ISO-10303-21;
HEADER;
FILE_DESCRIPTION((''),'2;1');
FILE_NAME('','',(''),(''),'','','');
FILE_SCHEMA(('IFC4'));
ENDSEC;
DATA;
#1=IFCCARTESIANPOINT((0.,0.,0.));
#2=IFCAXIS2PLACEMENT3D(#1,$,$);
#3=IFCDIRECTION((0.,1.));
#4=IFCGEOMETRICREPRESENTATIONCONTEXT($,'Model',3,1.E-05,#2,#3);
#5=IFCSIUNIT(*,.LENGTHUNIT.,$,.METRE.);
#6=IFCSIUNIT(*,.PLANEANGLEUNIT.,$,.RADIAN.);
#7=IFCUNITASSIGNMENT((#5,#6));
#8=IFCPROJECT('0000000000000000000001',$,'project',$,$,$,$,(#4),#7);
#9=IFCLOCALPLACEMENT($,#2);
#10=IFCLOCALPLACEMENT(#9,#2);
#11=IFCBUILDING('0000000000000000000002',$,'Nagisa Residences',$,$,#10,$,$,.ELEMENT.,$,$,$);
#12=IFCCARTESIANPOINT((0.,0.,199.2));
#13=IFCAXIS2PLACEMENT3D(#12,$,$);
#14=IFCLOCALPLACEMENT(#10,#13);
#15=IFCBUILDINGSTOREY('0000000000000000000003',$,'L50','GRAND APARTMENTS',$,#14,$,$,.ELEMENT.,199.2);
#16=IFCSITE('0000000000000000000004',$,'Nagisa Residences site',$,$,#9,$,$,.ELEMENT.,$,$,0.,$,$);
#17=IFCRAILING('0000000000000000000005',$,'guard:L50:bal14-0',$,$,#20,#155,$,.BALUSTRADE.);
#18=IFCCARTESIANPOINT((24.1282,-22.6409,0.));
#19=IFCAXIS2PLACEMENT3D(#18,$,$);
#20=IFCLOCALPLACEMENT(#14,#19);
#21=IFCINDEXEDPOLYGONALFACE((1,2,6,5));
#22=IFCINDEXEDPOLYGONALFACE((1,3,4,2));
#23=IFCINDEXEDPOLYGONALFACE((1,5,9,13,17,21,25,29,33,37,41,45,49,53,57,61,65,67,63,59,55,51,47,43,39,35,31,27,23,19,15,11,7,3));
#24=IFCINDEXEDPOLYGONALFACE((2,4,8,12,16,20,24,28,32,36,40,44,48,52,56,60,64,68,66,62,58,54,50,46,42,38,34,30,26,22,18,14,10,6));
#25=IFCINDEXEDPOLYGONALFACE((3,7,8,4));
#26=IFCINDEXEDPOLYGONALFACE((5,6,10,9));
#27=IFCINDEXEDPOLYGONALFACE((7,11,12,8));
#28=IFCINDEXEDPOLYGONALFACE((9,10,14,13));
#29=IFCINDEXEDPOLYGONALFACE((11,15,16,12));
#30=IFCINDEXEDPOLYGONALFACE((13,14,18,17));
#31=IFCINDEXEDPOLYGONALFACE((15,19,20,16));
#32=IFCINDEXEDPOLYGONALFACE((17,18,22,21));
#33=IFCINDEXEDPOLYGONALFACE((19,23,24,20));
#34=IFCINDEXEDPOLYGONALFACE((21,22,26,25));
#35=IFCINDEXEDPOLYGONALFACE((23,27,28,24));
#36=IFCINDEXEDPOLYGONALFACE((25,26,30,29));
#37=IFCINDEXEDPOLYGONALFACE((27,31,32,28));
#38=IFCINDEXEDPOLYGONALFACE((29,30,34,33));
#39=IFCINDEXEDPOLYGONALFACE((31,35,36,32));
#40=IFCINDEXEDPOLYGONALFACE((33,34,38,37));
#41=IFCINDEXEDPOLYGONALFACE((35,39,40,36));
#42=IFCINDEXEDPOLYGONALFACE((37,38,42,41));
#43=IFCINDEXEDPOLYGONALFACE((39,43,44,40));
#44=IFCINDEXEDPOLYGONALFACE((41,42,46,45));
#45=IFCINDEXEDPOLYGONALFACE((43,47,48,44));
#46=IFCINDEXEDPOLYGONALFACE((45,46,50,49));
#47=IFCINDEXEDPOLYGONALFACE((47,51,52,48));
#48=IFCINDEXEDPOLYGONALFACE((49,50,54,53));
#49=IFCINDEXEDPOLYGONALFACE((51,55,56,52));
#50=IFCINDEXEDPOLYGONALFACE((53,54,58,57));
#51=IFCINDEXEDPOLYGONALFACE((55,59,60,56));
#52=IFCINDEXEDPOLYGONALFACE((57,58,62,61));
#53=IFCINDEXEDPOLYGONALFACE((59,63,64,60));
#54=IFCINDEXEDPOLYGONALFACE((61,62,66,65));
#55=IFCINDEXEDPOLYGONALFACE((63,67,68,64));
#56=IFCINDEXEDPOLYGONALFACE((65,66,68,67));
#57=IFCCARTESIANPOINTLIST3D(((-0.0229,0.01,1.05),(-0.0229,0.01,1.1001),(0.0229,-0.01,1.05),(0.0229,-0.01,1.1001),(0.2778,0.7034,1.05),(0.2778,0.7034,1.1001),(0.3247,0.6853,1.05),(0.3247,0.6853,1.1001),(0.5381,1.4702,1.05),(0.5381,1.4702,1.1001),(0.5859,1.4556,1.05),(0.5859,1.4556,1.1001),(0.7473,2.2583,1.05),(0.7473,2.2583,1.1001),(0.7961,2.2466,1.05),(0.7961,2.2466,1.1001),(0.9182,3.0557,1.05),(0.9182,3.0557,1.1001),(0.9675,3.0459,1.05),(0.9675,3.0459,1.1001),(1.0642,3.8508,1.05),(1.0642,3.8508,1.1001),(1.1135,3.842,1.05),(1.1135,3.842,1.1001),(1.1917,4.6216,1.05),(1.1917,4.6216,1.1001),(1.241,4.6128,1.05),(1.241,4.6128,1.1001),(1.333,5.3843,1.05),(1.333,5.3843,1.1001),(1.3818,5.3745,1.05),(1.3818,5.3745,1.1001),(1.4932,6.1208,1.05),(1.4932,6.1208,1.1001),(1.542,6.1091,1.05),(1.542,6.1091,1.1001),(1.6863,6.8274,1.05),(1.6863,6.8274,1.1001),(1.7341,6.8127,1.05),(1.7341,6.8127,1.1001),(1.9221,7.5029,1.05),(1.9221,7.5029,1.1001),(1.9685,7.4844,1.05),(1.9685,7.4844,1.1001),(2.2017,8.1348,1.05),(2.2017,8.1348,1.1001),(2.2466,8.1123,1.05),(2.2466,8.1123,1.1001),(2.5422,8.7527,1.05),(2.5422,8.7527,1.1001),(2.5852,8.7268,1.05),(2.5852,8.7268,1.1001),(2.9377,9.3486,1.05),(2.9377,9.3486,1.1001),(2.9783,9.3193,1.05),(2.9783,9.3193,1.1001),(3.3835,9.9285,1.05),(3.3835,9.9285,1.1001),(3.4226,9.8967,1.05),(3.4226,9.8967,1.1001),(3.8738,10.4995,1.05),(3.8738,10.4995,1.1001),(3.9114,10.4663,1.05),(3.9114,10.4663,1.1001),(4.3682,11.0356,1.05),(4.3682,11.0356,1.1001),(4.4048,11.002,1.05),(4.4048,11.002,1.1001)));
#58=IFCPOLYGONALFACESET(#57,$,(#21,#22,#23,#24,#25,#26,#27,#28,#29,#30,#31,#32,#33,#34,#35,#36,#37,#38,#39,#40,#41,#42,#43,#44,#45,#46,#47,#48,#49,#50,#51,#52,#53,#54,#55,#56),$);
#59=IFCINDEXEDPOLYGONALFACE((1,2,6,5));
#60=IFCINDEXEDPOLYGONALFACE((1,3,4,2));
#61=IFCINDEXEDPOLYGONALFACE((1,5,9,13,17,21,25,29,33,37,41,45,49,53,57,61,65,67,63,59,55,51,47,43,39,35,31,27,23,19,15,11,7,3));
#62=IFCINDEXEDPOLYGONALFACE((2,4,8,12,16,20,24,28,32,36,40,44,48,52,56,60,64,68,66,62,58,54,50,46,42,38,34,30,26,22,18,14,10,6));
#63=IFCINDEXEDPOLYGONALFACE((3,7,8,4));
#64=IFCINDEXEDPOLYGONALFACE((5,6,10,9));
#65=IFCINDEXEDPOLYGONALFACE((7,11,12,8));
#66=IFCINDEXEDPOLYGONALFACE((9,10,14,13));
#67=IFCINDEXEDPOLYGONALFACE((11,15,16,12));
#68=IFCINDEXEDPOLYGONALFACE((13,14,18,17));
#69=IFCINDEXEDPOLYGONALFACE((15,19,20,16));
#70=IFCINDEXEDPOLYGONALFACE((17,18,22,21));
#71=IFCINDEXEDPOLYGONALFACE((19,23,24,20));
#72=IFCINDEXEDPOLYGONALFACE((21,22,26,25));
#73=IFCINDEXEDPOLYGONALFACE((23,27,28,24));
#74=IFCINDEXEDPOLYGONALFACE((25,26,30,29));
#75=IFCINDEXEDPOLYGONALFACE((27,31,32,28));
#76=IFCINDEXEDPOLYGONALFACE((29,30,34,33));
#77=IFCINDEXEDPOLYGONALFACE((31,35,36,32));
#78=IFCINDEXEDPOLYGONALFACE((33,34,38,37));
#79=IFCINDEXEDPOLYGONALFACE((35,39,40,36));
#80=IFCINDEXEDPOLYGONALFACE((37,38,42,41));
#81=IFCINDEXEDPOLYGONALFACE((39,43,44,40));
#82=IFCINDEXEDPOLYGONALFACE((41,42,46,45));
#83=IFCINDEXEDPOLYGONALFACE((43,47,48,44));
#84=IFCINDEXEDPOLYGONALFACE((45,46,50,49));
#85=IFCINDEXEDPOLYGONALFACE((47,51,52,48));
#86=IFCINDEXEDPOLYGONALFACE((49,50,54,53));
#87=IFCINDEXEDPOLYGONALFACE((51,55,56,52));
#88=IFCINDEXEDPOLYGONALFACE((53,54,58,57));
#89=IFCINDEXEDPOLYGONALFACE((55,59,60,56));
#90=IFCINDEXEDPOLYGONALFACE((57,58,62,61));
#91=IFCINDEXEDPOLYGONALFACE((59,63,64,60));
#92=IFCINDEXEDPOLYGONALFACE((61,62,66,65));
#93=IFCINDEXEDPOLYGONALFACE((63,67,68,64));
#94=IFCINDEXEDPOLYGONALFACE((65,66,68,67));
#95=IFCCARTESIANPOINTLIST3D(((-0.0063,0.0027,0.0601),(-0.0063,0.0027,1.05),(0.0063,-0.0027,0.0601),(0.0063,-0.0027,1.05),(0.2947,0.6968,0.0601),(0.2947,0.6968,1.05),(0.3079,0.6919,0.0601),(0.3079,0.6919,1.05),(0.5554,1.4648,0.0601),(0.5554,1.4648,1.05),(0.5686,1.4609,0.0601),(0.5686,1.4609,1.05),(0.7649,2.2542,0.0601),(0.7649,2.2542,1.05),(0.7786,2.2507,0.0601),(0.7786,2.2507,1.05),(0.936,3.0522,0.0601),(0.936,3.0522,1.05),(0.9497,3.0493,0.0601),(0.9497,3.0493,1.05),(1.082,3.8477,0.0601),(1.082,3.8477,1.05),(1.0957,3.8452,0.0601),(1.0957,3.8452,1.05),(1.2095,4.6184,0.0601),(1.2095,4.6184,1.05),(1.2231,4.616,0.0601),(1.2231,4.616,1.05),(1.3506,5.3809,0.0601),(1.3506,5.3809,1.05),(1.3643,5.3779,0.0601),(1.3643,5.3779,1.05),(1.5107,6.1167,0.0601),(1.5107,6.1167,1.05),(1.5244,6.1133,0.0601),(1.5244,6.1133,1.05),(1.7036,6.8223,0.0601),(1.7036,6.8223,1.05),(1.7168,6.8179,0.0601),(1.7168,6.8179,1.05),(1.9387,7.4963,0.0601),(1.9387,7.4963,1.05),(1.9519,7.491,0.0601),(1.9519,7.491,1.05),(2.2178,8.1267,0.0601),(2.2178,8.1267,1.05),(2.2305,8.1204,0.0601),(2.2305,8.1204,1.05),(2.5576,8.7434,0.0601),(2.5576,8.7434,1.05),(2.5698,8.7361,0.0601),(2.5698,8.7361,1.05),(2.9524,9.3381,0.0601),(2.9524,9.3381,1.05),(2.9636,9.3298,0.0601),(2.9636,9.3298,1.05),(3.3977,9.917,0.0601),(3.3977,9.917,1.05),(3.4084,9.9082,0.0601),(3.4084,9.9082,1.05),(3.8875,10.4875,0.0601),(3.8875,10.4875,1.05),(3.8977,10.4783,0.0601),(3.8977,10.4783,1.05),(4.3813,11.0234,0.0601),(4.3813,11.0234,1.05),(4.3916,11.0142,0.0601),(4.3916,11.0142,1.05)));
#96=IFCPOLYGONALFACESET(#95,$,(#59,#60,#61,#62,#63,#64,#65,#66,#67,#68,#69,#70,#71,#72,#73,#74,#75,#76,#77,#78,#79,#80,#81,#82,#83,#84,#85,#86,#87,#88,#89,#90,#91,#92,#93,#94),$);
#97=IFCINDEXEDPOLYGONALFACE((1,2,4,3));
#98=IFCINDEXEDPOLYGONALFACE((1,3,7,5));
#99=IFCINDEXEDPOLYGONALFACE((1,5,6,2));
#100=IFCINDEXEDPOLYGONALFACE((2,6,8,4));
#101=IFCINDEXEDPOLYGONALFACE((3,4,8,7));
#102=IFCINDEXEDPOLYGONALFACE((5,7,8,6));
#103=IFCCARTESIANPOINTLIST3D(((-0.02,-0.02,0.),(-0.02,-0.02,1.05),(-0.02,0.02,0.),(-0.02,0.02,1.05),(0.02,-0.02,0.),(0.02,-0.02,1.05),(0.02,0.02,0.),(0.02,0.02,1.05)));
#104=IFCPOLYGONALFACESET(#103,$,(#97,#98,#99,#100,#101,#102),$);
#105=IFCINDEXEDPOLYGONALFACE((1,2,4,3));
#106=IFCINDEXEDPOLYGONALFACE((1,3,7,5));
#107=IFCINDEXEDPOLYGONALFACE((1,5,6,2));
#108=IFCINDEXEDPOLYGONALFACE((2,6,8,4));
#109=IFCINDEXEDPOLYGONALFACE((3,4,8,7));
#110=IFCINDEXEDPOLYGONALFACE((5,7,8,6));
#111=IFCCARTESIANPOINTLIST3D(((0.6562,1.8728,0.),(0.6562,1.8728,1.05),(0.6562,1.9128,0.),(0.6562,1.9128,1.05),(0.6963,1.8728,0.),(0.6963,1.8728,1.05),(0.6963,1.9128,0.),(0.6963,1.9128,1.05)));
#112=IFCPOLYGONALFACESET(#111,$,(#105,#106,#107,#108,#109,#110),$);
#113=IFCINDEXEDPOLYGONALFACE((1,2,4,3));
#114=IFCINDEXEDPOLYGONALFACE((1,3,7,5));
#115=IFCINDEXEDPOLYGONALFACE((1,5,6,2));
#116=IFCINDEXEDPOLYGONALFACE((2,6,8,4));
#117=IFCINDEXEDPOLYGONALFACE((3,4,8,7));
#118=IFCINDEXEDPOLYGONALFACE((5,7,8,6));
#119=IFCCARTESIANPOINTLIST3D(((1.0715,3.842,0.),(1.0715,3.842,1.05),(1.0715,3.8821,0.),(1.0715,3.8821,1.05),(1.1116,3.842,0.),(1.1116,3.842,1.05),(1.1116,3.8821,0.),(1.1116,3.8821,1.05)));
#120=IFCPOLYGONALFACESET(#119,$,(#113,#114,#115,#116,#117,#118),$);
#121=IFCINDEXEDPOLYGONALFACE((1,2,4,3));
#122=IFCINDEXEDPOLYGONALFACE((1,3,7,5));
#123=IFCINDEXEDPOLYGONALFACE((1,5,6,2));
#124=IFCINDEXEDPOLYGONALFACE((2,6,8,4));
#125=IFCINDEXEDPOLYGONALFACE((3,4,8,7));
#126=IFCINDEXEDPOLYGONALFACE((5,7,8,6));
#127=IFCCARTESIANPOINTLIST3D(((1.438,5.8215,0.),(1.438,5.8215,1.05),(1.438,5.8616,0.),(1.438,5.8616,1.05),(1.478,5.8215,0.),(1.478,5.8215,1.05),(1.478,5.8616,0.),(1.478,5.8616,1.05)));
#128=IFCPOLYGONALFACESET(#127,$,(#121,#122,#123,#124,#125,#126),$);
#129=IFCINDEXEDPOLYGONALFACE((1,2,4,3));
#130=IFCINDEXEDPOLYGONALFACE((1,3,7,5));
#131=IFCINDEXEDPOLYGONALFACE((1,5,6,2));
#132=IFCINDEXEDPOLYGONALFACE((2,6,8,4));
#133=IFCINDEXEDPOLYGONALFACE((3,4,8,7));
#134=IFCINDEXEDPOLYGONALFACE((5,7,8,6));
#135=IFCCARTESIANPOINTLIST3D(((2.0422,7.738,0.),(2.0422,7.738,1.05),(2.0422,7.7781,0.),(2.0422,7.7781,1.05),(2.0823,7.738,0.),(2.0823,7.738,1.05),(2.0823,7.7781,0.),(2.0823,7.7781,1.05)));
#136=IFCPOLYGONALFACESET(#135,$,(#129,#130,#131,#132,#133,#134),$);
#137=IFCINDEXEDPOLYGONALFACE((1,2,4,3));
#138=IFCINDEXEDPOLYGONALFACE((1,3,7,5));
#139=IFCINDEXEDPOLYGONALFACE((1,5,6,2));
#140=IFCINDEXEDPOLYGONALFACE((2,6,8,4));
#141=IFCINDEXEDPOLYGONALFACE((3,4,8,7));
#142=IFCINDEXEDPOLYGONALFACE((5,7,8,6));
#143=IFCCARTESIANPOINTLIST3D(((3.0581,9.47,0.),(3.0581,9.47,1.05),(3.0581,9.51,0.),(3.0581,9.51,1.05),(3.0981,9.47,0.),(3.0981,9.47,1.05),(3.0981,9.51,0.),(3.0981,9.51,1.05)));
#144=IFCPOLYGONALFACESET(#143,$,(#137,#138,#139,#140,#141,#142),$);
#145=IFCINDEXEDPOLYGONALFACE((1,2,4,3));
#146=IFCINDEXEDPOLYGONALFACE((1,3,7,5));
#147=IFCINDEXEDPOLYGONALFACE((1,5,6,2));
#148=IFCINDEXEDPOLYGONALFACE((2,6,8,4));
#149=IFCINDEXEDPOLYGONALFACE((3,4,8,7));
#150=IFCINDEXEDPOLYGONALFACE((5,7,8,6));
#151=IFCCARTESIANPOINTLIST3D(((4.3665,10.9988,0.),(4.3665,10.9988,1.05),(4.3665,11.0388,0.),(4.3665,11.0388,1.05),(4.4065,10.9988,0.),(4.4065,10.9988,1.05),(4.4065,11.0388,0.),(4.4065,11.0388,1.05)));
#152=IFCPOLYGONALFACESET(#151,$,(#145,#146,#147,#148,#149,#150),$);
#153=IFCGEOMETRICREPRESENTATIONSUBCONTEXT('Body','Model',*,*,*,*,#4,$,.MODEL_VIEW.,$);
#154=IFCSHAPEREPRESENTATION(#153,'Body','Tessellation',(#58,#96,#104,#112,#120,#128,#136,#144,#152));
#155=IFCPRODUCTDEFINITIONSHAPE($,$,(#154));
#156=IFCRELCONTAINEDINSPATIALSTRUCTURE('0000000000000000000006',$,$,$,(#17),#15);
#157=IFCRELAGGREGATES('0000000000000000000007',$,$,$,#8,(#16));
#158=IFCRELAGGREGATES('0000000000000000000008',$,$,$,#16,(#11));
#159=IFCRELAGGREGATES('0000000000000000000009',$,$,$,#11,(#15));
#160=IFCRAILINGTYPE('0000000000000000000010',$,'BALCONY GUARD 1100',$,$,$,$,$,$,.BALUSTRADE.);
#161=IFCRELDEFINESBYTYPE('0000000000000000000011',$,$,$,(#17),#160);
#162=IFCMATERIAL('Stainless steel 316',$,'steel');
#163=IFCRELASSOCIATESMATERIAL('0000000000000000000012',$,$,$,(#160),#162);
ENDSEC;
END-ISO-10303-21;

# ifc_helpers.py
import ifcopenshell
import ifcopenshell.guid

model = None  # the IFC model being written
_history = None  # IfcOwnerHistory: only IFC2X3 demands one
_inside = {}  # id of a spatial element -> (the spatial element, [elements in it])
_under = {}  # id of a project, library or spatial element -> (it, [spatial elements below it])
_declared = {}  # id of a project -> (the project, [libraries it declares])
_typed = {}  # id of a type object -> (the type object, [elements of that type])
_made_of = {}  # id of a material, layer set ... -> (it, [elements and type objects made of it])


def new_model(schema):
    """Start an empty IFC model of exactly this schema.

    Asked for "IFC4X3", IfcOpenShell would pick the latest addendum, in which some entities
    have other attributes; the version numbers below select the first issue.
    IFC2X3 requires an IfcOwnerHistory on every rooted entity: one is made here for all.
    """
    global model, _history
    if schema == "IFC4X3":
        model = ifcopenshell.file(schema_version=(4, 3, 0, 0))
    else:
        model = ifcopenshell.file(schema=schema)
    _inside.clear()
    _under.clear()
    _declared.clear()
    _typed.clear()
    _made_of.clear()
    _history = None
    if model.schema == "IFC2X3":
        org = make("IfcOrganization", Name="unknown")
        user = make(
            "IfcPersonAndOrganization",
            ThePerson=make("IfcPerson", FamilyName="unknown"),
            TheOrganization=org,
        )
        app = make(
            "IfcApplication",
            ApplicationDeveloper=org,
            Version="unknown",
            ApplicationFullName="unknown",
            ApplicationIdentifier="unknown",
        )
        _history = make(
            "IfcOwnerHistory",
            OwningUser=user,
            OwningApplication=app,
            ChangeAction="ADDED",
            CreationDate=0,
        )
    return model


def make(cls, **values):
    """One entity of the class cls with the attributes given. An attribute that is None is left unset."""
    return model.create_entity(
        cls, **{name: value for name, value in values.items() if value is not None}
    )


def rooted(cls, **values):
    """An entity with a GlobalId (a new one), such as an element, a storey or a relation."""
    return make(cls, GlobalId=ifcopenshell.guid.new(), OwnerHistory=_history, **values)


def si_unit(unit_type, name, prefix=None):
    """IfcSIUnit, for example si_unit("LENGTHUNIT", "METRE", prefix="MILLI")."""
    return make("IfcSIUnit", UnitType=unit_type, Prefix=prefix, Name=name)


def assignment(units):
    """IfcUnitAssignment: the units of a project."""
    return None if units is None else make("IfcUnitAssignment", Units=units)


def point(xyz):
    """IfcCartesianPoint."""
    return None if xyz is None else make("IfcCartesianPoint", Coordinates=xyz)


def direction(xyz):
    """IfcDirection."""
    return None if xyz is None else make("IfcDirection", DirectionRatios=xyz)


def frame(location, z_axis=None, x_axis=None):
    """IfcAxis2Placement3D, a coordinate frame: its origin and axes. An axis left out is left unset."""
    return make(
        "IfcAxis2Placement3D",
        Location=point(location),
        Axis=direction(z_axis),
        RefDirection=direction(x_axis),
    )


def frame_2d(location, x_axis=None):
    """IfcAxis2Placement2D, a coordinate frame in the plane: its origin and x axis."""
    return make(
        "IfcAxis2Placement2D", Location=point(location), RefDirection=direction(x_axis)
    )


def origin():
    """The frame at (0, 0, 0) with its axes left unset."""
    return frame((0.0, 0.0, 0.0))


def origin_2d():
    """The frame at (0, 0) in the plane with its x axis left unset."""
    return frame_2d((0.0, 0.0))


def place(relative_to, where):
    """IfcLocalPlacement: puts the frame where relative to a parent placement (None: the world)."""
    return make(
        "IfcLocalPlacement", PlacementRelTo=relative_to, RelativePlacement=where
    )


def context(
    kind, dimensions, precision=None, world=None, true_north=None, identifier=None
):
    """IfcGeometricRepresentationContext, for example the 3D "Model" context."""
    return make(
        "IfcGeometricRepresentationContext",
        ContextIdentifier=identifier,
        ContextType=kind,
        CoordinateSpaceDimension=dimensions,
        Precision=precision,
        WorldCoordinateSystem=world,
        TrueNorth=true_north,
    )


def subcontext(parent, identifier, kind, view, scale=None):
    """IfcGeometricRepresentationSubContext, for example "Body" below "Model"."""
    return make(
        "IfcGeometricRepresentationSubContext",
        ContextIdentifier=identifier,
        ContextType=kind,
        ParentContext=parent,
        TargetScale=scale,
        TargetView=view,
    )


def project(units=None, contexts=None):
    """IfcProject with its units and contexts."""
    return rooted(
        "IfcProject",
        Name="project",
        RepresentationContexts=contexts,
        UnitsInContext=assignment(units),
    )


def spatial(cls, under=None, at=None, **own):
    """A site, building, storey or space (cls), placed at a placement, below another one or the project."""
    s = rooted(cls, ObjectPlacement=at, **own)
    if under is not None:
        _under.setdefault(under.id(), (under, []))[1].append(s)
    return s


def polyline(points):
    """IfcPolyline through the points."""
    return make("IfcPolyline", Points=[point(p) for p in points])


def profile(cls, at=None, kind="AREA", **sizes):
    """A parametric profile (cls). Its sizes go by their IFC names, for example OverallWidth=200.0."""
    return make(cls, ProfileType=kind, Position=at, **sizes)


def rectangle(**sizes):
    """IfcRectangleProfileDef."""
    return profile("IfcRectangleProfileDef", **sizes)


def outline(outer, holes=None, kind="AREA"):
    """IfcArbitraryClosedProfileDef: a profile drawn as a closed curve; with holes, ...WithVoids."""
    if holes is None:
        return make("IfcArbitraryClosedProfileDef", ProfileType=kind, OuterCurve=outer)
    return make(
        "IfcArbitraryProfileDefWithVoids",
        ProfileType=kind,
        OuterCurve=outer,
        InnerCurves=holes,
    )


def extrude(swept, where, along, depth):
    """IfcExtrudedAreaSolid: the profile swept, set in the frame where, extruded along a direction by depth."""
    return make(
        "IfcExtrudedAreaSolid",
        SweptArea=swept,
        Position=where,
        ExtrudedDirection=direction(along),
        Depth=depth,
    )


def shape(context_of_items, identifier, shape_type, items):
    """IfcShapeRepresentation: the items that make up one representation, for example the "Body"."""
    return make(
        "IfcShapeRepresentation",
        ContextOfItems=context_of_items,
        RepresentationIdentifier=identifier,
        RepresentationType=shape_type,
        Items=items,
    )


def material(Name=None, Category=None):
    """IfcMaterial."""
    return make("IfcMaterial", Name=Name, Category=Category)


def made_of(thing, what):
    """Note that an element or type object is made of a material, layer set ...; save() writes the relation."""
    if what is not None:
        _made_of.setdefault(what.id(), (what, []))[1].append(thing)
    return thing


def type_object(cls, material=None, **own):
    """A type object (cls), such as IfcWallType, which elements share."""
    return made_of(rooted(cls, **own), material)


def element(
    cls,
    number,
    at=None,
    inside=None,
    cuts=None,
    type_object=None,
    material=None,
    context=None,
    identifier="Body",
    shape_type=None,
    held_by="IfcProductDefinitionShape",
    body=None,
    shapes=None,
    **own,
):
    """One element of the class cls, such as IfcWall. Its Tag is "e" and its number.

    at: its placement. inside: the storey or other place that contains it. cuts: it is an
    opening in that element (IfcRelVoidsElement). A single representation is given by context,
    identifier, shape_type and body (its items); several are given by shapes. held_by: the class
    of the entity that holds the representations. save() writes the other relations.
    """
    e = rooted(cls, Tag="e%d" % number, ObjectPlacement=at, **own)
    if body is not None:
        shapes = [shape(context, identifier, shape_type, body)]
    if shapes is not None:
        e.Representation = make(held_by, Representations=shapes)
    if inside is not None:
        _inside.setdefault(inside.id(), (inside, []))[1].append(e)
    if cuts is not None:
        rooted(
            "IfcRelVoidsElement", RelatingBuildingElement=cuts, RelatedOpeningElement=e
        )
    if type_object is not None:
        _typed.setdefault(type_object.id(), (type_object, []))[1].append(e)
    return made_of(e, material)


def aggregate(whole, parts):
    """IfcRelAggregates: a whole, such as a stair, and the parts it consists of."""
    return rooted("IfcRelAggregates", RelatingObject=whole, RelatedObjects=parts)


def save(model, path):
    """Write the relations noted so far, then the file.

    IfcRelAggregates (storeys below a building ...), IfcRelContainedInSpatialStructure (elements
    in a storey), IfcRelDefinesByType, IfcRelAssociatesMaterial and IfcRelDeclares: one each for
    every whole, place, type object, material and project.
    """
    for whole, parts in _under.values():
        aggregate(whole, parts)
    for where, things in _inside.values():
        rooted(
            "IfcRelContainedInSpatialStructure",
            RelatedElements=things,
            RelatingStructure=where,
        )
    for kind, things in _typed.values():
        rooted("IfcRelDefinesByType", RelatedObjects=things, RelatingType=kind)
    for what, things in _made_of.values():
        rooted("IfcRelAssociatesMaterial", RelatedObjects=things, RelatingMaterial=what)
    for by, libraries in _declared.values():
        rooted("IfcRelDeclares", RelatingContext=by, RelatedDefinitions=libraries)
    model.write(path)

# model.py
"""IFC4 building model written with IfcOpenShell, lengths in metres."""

from ifc_helpers import new_model, si_unit, direction, frame, origin, origin_2d, place, context, subcontext, project, spatial, polyline, rectangle, outline, extrude, material, type_object, element, save


model = new_model("IFC4")

# Units and contexts
model_context = context("Model", 3, precision=1e-05, world=origin(), true_north=direction((0.0, 1.0)))
body_context = subcontext(model_context, "Body", "Model", "MODEL_VIEW")
ifc_project = project(units=[si_unit("LENGTHUNIT", "METRE"), si_unit("PLANEANGLEUNIT", "RADIAN")], contexts=[model_context])

# Site, building, storey
site_placement = place(None, origin())
site = spatial("IfcSite", under=ifc_project, at=site_placement, Name="Nagisa Residences site", CompositionType="ELEMENT", RefElevation=0.0)
building_placement = place(site_placement, origin())
building = spatial("IfcBuilding", under=site, at=building_placement, Name="Nagisa Residences", CompositionType="ELEMENT")
storey_placement = place(building_placement, frame((0.0, 0.0, 199.2)))
storey = spatial("IfcBuildingStorey", under=building, at=storey_placement, Name="L50", Description="GRAND APARTMENTS", CompositionType="ELEMENT", Elevation=199.2)

# Railing
ifc_material_1 = material(Name="Stainless steel 316", Category="steel")
railing_type = type_object("IfcRailingType", Name="BALCONY GUARD 1100", PredefinedType="BALUSTRADE", material=ifc_material_1)
railing_1_placement = place(storey_placement, frame((24.1282, -22.6409, 0.0)))
element("IfcRailing", 1, at=railing_1_placement, inside=storey, type_object=railing_type, Name="guard:L50:bal14-0", PredefinedType="BALUSTRADE", context=body_context, shape_type="SweptSolid", body=[
    extrude(outline(polyline([(0.2778, 0.7034), (-0.0229, 0.01), (0.0229, -0.01), (0.3247, 0.6853), (0.5859, 1.4556), (0.7961, 2.2466), (0.9675, 3.0459), (1.1135, 3.842), (1.241, 4.6128), (1.3818, 5.3745), (1.542, 6.1091), (1.7341, 6.8127), (1.9685, 7.4844), (2.2466, 8.1123), (2.5852, 8.7268), (2.9783, 9.3193), (3.4226, 9.8967), (3.9114, 10.4663), (4.4048, 11.002), (4.3682, 11.0356), (3.8738, 10.4995), (3.3835, 9.9285), (2.9377, 9.3486), (2.5422, 8.7527), (2.2017, 8.1348), (1.9221, 7.5029), (1.6863, 6.8274), (1.4932, 6.1208), (1.333, 5.3843), (1.1917, 4.6216), (1.0642, 3.8508), (0.9182, 3.0557), (0.7473, 2.2583), (0.5381, 1.4702), (0.2778, 0.7034)])), frame((0.0, 0.0, 1.05)), (0.0, 0.0, 1.0), 0.05),
    extrude(outline(polyline([(0.2947, 0.6968), (-0.0063, 0.0027), (0.0063, -0.0027), (0.3079, 0.6919), (0.5686, 1.4609), (0.7786, 2.2507), (0.9497, 3.0493), (1.0957, 3.8452), (1.2231, 4.616), (1.3643, 5.3779), (1.5244, 6.1133), (1.7168, 6.8179), (1.9519, 7.491), (2.2305, 8.1204), (2.5698, 8.7361), (2.9636, 9.3298), (3.4084, 9.9082), (3.8977, 10.4783), (4.3916, 11.0142), (4.3813, 11.0234), (3.8875, 10.4875), (3.3977, 9.917), (2.9524, 9.3381), (2.5576, 8.7434), (2.2178, 8.1267), (1.9387, 7.4963), (1.7036, 6.8223), (1.5107, 6.1167), (1.3506, 5.3809), (1.2095, 4.6184), (1.082, 3.8477), (0.936, 3.0522), (0.7649, 2.2542), (0.5554, 1.4648), (0.2947, 0.6968)])), frame((0.0, 0.0, 0.0601)), (0.0, 0.0, 1.0), 0.99),
    extrude(rectangle(XDim=0.04, YDim=0.04, at=origin_2d()), origin(), (0.0, 0.0, 1.0), 1.05),
    extrude(rectangle(XDim=0.04, YDim=0.04, at=origin_2d()), frame((0.6763, 1.8928, 0.0)), (0.0, 0.0, 1.0), 1.05),
    extrude(rectangle(XDim=0.04, YDim=0.04, at=origin_2d()), frame((1.0916, 3.8621, 0.0)), (0.0, 0.0, 1.0), 1.05),
    extrude(rectangle(XDim=0.04, YDim=0.04, at=origin_2d()), frame((1.458, 5.8416, 0.0)), (0.0, 0.0, 1.0), 1.05),
    extrude(rectangle(XDim=0.04, YDim=0.04, at=origin_2d()), frame((2.0623, 7.7581, 0.0)), (0.0, 0.0, 1.0), 1.05),
    extrude(rectangle(XDim=0.04, YDim=0.04, at=origin_2d()), frame((3.0781, 9.49, 0.0)), (0.0, 0.0, 1.0), 1.05),
    extrude(rectangle(XDim=0.04, YDim=0.04, at=origin_2d()), frame((4.3865, 11.0188, 0.0)), (0.0, 0.0, 1.0), 1.05),
])

save(model, "model.ifc")
